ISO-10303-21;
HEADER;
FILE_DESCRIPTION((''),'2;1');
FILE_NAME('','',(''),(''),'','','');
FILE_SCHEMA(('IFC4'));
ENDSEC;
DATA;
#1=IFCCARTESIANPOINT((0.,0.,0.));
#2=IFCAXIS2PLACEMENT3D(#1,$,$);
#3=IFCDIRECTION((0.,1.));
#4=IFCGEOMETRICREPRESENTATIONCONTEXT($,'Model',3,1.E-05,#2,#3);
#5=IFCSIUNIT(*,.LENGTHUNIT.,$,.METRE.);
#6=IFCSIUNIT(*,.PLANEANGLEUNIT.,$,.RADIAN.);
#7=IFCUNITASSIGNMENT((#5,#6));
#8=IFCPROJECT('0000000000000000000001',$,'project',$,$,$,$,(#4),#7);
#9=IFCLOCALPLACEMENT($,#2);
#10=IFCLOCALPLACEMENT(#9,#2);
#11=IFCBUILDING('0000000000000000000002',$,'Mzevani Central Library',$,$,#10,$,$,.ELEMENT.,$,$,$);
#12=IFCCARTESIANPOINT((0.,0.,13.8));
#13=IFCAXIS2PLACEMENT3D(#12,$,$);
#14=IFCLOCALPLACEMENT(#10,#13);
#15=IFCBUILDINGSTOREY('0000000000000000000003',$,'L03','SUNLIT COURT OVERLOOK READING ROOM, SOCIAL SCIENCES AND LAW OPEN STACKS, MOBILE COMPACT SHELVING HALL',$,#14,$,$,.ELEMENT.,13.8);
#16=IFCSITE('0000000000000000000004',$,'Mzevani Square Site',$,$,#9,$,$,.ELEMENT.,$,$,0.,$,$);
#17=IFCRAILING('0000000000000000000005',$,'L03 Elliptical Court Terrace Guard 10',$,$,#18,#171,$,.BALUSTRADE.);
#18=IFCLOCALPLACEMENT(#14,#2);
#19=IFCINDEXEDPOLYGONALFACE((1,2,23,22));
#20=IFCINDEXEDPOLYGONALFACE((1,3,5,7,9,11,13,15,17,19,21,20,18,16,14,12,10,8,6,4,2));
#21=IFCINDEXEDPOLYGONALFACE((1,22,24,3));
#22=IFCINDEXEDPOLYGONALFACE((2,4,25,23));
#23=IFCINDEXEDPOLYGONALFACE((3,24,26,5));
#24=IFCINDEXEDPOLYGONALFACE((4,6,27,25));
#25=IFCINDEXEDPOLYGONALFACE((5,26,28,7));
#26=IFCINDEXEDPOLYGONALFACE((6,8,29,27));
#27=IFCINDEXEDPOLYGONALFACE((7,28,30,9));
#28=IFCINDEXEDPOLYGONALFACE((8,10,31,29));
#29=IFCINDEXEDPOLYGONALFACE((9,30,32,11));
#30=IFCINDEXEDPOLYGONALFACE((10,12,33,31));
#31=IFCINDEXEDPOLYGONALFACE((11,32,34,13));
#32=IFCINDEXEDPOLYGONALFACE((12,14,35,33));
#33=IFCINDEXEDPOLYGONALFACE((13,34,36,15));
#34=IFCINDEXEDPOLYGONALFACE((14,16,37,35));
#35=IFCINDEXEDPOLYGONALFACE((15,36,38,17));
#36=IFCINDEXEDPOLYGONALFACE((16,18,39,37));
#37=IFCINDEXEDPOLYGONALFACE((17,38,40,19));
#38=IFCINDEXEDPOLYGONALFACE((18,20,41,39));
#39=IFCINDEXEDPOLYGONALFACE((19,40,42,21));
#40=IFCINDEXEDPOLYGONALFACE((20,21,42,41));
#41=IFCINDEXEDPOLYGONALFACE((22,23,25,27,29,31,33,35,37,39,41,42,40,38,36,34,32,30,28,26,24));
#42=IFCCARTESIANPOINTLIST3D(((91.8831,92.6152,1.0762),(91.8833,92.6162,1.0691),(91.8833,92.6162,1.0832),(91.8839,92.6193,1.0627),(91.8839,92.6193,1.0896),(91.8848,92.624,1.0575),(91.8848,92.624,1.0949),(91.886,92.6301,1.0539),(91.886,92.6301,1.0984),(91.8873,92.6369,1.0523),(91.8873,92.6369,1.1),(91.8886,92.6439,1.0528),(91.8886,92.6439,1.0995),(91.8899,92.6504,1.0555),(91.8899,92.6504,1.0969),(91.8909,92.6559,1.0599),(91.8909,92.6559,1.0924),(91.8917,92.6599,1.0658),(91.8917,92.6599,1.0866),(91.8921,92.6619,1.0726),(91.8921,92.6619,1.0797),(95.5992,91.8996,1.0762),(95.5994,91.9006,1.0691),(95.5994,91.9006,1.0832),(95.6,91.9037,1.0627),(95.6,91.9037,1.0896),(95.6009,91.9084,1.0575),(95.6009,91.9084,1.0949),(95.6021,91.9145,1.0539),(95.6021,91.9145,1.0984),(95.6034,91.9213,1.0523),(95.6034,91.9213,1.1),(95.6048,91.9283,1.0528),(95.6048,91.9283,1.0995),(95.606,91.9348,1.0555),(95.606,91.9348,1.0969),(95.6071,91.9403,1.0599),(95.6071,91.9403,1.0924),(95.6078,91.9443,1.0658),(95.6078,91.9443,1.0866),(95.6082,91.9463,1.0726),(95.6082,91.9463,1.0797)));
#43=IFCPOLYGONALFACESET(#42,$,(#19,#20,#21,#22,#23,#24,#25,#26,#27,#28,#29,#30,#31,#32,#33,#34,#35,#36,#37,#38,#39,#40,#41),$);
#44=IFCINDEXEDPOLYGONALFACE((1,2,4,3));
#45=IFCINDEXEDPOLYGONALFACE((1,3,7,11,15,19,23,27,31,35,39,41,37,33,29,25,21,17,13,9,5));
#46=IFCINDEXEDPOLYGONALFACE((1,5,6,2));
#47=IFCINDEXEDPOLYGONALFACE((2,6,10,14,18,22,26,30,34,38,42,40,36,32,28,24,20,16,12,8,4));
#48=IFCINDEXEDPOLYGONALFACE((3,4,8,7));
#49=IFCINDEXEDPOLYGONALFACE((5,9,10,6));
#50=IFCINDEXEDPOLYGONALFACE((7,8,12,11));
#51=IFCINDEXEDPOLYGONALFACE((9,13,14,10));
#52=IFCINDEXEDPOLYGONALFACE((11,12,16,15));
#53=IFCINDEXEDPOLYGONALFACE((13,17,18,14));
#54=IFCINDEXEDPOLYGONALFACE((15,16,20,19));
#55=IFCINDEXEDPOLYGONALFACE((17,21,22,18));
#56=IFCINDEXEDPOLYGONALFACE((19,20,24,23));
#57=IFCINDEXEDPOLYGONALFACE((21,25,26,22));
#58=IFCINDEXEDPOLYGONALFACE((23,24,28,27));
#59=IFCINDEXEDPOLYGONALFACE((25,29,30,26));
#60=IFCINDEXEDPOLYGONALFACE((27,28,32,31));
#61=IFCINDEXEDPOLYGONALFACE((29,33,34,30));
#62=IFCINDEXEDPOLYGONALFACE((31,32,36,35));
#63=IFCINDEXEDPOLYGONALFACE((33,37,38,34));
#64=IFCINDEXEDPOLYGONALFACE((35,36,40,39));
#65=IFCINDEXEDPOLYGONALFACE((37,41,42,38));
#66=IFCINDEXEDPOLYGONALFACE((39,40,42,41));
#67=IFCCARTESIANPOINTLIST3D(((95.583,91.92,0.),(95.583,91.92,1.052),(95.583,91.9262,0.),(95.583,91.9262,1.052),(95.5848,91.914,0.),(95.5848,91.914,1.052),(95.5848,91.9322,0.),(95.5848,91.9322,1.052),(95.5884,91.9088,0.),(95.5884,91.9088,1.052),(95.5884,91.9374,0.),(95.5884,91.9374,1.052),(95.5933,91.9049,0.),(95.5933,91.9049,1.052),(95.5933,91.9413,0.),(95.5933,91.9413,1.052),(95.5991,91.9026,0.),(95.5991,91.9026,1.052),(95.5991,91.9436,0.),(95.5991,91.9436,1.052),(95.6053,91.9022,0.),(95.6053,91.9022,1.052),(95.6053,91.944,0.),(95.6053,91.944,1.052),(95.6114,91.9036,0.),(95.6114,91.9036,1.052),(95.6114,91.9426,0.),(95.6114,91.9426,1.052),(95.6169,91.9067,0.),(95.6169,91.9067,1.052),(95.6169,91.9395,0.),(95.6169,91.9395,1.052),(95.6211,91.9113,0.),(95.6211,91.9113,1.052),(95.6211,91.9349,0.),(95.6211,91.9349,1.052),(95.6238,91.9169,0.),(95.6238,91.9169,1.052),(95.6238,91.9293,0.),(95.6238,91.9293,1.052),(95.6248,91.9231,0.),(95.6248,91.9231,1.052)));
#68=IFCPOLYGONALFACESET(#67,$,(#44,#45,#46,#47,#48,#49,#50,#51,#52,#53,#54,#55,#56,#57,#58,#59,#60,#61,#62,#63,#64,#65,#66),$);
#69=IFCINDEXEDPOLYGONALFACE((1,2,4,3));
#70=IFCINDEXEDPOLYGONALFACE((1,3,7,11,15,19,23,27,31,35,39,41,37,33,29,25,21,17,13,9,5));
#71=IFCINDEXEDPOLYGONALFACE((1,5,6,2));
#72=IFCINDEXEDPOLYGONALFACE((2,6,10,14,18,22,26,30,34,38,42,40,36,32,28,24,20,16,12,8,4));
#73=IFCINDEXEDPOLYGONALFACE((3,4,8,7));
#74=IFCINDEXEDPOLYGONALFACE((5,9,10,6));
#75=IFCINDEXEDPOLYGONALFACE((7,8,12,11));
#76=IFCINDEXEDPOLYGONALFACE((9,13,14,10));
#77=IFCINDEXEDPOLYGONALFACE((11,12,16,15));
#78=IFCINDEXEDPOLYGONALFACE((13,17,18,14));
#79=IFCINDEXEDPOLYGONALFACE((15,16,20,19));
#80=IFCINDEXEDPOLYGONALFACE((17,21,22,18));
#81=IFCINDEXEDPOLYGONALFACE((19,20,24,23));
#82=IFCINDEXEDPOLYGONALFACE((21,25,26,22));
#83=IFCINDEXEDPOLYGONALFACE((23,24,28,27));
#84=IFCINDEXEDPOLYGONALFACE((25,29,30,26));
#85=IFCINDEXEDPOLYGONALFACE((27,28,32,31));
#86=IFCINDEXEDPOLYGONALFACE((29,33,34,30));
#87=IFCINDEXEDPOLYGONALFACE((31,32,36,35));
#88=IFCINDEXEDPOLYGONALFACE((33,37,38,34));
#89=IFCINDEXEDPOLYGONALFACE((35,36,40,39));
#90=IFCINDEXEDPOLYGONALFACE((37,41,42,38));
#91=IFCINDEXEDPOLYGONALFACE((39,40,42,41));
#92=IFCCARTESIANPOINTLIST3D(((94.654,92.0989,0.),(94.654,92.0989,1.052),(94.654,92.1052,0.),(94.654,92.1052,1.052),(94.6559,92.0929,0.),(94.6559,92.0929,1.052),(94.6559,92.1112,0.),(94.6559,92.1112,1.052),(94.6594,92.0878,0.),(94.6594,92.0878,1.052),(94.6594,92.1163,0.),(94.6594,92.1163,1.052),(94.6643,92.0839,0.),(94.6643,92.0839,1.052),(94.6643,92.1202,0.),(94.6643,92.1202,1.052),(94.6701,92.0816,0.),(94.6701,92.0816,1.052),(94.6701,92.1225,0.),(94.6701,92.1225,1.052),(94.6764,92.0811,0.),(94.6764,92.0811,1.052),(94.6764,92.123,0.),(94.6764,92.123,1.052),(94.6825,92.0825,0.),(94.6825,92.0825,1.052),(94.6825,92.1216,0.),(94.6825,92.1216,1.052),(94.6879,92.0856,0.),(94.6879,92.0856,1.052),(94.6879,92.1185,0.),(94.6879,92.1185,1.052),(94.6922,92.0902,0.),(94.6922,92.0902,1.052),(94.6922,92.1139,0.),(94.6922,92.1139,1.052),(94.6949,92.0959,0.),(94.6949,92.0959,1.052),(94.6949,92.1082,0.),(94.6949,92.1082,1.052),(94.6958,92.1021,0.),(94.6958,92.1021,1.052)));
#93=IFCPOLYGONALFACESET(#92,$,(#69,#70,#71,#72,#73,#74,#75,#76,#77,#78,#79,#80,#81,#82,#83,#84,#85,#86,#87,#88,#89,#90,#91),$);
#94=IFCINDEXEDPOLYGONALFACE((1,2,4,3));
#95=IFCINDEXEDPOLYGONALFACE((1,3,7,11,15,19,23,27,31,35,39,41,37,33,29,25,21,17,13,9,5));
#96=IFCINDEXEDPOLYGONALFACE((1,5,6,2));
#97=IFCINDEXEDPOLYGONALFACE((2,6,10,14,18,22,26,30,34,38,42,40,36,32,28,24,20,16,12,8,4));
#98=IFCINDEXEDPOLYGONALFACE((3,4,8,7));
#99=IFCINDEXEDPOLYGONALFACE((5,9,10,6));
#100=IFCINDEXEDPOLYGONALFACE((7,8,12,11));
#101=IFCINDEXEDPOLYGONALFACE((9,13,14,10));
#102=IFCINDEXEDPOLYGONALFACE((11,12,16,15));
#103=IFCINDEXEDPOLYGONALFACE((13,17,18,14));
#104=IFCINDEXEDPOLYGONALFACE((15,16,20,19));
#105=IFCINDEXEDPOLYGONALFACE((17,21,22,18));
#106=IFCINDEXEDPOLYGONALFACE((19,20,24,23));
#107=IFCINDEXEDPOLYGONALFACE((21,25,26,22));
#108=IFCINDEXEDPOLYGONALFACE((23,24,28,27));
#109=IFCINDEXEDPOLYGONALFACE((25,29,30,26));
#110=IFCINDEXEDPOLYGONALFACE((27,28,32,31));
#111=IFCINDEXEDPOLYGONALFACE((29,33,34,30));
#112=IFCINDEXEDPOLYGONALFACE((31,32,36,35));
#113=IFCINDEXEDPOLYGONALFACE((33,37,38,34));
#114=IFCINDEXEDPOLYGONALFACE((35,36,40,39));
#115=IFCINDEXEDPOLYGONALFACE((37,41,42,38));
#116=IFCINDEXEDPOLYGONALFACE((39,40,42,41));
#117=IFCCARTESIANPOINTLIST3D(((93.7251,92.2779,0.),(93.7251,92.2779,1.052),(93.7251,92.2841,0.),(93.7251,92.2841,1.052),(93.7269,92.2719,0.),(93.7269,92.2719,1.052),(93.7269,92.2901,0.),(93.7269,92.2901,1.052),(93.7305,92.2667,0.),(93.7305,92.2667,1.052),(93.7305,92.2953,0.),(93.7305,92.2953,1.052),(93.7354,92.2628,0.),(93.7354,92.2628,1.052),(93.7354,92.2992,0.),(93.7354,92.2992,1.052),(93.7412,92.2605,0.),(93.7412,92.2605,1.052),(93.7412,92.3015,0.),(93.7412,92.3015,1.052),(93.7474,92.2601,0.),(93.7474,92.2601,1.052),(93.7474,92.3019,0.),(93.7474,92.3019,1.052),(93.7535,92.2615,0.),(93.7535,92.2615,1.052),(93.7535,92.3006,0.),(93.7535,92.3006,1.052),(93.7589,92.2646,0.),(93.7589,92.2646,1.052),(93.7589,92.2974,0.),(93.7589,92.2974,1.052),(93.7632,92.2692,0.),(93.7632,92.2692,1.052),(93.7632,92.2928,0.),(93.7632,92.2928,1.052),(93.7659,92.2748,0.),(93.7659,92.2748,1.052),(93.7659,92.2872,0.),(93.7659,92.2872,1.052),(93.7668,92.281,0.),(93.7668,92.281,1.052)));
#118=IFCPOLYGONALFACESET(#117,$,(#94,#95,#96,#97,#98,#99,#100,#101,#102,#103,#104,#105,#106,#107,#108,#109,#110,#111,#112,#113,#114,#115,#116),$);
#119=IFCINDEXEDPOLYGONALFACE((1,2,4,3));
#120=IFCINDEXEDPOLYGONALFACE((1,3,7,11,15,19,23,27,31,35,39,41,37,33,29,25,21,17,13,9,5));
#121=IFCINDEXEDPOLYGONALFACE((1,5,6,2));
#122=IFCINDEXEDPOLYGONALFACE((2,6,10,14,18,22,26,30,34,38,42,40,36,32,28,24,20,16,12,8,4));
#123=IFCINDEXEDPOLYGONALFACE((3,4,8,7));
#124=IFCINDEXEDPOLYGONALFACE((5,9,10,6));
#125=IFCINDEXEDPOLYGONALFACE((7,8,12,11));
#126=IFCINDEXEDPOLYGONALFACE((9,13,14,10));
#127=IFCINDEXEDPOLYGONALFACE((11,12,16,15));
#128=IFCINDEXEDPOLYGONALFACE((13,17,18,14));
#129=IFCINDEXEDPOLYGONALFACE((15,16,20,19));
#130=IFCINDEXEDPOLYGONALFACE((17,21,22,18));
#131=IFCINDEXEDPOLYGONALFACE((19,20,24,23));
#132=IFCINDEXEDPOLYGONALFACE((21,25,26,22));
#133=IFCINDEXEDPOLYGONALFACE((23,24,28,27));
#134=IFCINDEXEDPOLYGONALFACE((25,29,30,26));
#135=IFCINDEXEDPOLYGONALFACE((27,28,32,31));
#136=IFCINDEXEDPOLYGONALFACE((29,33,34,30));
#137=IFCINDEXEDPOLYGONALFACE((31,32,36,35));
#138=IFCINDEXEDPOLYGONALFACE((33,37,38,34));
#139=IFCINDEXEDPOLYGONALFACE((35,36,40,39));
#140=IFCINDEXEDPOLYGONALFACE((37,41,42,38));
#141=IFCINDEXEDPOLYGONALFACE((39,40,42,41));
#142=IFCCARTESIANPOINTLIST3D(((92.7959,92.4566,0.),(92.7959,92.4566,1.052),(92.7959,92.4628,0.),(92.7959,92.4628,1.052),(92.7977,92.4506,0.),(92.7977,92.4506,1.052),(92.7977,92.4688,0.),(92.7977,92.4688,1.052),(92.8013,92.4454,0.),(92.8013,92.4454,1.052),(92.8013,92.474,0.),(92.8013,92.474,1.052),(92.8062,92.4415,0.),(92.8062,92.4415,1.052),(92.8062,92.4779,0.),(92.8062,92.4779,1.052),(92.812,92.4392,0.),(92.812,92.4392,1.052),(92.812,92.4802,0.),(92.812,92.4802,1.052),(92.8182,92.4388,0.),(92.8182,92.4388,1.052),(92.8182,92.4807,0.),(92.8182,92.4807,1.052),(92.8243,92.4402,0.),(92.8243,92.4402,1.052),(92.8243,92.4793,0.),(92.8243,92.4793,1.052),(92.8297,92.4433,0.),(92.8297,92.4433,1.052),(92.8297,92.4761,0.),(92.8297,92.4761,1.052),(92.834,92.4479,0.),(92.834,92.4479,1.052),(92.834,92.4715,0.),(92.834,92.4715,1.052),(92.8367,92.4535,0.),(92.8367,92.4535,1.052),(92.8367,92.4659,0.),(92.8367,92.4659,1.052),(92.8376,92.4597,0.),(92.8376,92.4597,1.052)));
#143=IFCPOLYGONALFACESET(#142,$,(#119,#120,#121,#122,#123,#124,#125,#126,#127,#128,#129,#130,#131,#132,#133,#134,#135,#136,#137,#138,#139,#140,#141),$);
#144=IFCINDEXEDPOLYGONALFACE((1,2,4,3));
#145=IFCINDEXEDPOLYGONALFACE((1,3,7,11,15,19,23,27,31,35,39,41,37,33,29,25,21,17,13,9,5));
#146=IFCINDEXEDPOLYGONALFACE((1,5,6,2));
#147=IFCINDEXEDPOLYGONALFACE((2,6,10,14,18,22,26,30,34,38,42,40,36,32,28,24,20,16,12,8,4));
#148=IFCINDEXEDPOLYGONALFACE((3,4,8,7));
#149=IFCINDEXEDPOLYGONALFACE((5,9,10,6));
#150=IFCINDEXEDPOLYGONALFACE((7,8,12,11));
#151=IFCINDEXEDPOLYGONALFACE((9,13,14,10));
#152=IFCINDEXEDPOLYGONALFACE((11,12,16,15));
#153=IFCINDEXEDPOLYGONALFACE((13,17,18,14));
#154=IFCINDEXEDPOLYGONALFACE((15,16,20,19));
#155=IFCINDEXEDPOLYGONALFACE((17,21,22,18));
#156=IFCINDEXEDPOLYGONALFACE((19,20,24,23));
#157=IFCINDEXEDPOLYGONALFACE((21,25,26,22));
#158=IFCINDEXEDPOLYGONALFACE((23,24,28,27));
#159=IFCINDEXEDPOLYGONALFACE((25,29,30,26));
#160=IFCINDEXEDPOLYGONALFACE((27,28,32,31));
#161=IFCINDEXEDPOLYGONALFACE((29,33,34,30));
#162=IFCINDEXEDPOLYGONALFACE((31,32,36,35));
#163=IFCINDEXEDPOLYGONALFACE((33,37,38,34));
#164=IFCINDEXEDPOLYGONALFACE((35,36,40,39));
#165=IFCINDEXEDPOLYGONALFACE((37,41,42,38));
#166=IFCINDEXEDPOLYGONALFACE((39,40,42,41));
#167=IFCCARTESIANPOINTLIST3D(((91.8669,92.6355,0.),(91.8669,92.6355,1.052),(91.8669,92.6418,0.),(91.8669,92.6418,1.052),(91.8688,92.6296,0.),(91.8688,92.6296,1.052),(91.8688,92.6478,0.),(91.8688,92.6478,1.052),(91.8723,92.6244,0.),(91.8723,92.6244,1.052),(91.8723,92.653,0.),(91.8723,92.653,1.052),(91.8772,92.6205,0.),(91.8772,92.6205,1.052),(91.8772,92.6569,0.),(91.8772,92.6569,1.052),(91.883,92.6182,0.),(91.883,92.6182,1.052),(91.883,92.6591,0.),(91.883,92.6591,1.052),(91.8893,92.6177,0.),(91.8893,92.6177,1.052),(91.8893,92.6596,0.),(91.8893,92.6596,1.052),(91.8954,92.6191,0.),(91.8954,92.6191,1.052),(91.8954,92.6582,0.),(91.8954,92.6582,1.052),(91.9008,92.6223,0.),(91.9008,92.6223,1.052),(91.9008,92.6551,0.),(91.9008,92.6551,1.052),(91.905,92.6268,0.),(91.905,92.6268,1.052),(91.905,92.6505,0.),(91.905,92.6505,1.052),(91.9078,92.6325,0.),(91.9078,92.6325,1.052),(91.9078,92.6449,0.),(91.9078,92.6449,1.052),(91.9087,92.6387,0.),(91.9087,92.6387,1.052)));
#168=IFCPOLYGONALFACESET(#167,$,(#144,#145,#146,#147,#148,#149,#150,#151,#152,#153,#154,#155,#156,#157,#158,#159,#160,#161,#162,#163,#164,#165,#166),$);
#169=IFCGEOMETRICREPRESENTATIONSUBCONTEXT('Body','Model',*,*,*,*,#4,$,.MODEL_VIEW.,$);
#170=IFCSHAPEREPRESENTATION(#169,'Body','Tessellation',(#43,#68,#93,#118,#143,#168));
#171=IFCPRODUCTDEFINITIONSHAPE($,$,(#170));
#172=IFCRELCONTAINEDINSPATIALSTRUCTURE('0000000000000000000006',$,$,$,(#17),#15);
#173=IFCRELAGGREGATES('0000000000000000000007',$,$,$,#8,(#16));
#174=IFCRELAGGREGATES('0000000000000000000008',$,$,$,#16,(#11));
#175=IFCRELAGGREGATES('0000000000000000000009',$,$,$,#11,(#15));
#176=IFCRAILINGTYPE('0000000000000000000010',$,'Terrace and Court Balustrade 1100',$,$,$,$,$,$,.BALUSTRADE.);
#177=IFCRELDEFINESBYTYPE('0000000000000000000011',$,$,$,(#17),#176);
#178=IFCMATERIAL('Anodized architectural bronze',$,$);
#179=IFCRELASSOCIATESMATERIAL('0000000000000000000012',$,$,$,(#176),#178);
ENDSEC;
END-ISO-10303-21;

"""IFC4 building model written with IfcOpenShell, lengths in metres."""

from ifc_helpers import new_model, si_unit, direction, frame, origin, origin_2d, place, context, subcontext, project, spatial, circle, extrude, material, type_object, element, save


model = new_model("IFC4")

# Units and contexts
model_context = context("Model", 3, precision=1e-05, world=origin(), true_north=direction((0.0, 1.0)))
body_context = subcontext(model_context, "Body", "Model", "MODEL_VIEW")
ifc_project = project(units=[si_unit("LENGTHUNIT", "METRE"), si_unit("PLANEANGLEUNIT", "RADIAN")], contexts=[model_context])

# Site, building, storey
site_placement = place(None, origin())
site = spatial("IfcSite", under=ifc_project, at=site_placement, Name="Mzevani Square Site", CompositionType="ELEMENT", RefElevation=0.0)
building_placement = place(site_placement, origin())
building = spatial("IfcBuilding", under=site, at=building_placement, Name="Mzevani Central Library", CompositionType="ELEMENT")
storey_placement = place(building_placement, frame((0.0, 0.0, 13.8)))
storey = spatial("IfcBuildingStorey", under=building, at=storey_placement, Name="L03", Description="SUNLIT COURT OVERLOOK READING ROOM, SOCIAL SCIENCES AND LAW OPEN STACKS, MOBILE COMPACT SHELVING HALL", CompositionType="ELEMENT", Elevation=13.8)

# Railing
ifc_material_1 = material(Name="Anodized architectural bronze")
railing_type = type_object("IfcRailingType", Name="Terrace and Court Balustrade 1100", PredefinedType="BALUSTRADE", material=ifc_material_1)
railing_1_placement = place(storey_placement, frame((95.6038, 91.9231, 0.0)))
element("IfcRailing", 1, at=railing_1_placement, inside=storey, type_object=railing_type, Name="L03 Elliptical Court Terrace Guard 10", PredefinedType="BALUSTRADE", context=body_context, shape_type="SweptSolid", body=[
    extrude(circle(Radius=0.0239, at=origin_2d()), frame((0.0, 0.0, 1.0762), z_axis=(-0.98196, 0.189089, 0.0), x_axis=(-0.189089, -0.98196, 0.0)), (0.0, 0.0, 1.0), 3.7844),
    extrude(circle(Radius=0.021, at=origin_2d()), origin(), (0.0, 0.0, 1.0), 1.052),
    extrude(circle(Radius=0.021, at=origin_2d()), frame((-0.929, 0.179, 0.0)), (0.0, 0.0, 1.0), 1.052),
    extrude(circle(Radius=0.021, at=origin_2d()), frame((-1.8579, 0.3579, 0.0)), (0.0, 0.0, 1.0), 1.052),
    extrude(circle(Radius=0.021, at=origin_2d()), frame((-2.7871, 0.5366, 0.0)), (0.0, 0.0, 1.0), 1.052),
    extrude(circle(Radius=0.021, at=origin_2d()), frame((-3.7161, 0.7156, 0.0)), (0.0, 0.0, 1.0), 1.052),
])

save(model, "model.ifc")
